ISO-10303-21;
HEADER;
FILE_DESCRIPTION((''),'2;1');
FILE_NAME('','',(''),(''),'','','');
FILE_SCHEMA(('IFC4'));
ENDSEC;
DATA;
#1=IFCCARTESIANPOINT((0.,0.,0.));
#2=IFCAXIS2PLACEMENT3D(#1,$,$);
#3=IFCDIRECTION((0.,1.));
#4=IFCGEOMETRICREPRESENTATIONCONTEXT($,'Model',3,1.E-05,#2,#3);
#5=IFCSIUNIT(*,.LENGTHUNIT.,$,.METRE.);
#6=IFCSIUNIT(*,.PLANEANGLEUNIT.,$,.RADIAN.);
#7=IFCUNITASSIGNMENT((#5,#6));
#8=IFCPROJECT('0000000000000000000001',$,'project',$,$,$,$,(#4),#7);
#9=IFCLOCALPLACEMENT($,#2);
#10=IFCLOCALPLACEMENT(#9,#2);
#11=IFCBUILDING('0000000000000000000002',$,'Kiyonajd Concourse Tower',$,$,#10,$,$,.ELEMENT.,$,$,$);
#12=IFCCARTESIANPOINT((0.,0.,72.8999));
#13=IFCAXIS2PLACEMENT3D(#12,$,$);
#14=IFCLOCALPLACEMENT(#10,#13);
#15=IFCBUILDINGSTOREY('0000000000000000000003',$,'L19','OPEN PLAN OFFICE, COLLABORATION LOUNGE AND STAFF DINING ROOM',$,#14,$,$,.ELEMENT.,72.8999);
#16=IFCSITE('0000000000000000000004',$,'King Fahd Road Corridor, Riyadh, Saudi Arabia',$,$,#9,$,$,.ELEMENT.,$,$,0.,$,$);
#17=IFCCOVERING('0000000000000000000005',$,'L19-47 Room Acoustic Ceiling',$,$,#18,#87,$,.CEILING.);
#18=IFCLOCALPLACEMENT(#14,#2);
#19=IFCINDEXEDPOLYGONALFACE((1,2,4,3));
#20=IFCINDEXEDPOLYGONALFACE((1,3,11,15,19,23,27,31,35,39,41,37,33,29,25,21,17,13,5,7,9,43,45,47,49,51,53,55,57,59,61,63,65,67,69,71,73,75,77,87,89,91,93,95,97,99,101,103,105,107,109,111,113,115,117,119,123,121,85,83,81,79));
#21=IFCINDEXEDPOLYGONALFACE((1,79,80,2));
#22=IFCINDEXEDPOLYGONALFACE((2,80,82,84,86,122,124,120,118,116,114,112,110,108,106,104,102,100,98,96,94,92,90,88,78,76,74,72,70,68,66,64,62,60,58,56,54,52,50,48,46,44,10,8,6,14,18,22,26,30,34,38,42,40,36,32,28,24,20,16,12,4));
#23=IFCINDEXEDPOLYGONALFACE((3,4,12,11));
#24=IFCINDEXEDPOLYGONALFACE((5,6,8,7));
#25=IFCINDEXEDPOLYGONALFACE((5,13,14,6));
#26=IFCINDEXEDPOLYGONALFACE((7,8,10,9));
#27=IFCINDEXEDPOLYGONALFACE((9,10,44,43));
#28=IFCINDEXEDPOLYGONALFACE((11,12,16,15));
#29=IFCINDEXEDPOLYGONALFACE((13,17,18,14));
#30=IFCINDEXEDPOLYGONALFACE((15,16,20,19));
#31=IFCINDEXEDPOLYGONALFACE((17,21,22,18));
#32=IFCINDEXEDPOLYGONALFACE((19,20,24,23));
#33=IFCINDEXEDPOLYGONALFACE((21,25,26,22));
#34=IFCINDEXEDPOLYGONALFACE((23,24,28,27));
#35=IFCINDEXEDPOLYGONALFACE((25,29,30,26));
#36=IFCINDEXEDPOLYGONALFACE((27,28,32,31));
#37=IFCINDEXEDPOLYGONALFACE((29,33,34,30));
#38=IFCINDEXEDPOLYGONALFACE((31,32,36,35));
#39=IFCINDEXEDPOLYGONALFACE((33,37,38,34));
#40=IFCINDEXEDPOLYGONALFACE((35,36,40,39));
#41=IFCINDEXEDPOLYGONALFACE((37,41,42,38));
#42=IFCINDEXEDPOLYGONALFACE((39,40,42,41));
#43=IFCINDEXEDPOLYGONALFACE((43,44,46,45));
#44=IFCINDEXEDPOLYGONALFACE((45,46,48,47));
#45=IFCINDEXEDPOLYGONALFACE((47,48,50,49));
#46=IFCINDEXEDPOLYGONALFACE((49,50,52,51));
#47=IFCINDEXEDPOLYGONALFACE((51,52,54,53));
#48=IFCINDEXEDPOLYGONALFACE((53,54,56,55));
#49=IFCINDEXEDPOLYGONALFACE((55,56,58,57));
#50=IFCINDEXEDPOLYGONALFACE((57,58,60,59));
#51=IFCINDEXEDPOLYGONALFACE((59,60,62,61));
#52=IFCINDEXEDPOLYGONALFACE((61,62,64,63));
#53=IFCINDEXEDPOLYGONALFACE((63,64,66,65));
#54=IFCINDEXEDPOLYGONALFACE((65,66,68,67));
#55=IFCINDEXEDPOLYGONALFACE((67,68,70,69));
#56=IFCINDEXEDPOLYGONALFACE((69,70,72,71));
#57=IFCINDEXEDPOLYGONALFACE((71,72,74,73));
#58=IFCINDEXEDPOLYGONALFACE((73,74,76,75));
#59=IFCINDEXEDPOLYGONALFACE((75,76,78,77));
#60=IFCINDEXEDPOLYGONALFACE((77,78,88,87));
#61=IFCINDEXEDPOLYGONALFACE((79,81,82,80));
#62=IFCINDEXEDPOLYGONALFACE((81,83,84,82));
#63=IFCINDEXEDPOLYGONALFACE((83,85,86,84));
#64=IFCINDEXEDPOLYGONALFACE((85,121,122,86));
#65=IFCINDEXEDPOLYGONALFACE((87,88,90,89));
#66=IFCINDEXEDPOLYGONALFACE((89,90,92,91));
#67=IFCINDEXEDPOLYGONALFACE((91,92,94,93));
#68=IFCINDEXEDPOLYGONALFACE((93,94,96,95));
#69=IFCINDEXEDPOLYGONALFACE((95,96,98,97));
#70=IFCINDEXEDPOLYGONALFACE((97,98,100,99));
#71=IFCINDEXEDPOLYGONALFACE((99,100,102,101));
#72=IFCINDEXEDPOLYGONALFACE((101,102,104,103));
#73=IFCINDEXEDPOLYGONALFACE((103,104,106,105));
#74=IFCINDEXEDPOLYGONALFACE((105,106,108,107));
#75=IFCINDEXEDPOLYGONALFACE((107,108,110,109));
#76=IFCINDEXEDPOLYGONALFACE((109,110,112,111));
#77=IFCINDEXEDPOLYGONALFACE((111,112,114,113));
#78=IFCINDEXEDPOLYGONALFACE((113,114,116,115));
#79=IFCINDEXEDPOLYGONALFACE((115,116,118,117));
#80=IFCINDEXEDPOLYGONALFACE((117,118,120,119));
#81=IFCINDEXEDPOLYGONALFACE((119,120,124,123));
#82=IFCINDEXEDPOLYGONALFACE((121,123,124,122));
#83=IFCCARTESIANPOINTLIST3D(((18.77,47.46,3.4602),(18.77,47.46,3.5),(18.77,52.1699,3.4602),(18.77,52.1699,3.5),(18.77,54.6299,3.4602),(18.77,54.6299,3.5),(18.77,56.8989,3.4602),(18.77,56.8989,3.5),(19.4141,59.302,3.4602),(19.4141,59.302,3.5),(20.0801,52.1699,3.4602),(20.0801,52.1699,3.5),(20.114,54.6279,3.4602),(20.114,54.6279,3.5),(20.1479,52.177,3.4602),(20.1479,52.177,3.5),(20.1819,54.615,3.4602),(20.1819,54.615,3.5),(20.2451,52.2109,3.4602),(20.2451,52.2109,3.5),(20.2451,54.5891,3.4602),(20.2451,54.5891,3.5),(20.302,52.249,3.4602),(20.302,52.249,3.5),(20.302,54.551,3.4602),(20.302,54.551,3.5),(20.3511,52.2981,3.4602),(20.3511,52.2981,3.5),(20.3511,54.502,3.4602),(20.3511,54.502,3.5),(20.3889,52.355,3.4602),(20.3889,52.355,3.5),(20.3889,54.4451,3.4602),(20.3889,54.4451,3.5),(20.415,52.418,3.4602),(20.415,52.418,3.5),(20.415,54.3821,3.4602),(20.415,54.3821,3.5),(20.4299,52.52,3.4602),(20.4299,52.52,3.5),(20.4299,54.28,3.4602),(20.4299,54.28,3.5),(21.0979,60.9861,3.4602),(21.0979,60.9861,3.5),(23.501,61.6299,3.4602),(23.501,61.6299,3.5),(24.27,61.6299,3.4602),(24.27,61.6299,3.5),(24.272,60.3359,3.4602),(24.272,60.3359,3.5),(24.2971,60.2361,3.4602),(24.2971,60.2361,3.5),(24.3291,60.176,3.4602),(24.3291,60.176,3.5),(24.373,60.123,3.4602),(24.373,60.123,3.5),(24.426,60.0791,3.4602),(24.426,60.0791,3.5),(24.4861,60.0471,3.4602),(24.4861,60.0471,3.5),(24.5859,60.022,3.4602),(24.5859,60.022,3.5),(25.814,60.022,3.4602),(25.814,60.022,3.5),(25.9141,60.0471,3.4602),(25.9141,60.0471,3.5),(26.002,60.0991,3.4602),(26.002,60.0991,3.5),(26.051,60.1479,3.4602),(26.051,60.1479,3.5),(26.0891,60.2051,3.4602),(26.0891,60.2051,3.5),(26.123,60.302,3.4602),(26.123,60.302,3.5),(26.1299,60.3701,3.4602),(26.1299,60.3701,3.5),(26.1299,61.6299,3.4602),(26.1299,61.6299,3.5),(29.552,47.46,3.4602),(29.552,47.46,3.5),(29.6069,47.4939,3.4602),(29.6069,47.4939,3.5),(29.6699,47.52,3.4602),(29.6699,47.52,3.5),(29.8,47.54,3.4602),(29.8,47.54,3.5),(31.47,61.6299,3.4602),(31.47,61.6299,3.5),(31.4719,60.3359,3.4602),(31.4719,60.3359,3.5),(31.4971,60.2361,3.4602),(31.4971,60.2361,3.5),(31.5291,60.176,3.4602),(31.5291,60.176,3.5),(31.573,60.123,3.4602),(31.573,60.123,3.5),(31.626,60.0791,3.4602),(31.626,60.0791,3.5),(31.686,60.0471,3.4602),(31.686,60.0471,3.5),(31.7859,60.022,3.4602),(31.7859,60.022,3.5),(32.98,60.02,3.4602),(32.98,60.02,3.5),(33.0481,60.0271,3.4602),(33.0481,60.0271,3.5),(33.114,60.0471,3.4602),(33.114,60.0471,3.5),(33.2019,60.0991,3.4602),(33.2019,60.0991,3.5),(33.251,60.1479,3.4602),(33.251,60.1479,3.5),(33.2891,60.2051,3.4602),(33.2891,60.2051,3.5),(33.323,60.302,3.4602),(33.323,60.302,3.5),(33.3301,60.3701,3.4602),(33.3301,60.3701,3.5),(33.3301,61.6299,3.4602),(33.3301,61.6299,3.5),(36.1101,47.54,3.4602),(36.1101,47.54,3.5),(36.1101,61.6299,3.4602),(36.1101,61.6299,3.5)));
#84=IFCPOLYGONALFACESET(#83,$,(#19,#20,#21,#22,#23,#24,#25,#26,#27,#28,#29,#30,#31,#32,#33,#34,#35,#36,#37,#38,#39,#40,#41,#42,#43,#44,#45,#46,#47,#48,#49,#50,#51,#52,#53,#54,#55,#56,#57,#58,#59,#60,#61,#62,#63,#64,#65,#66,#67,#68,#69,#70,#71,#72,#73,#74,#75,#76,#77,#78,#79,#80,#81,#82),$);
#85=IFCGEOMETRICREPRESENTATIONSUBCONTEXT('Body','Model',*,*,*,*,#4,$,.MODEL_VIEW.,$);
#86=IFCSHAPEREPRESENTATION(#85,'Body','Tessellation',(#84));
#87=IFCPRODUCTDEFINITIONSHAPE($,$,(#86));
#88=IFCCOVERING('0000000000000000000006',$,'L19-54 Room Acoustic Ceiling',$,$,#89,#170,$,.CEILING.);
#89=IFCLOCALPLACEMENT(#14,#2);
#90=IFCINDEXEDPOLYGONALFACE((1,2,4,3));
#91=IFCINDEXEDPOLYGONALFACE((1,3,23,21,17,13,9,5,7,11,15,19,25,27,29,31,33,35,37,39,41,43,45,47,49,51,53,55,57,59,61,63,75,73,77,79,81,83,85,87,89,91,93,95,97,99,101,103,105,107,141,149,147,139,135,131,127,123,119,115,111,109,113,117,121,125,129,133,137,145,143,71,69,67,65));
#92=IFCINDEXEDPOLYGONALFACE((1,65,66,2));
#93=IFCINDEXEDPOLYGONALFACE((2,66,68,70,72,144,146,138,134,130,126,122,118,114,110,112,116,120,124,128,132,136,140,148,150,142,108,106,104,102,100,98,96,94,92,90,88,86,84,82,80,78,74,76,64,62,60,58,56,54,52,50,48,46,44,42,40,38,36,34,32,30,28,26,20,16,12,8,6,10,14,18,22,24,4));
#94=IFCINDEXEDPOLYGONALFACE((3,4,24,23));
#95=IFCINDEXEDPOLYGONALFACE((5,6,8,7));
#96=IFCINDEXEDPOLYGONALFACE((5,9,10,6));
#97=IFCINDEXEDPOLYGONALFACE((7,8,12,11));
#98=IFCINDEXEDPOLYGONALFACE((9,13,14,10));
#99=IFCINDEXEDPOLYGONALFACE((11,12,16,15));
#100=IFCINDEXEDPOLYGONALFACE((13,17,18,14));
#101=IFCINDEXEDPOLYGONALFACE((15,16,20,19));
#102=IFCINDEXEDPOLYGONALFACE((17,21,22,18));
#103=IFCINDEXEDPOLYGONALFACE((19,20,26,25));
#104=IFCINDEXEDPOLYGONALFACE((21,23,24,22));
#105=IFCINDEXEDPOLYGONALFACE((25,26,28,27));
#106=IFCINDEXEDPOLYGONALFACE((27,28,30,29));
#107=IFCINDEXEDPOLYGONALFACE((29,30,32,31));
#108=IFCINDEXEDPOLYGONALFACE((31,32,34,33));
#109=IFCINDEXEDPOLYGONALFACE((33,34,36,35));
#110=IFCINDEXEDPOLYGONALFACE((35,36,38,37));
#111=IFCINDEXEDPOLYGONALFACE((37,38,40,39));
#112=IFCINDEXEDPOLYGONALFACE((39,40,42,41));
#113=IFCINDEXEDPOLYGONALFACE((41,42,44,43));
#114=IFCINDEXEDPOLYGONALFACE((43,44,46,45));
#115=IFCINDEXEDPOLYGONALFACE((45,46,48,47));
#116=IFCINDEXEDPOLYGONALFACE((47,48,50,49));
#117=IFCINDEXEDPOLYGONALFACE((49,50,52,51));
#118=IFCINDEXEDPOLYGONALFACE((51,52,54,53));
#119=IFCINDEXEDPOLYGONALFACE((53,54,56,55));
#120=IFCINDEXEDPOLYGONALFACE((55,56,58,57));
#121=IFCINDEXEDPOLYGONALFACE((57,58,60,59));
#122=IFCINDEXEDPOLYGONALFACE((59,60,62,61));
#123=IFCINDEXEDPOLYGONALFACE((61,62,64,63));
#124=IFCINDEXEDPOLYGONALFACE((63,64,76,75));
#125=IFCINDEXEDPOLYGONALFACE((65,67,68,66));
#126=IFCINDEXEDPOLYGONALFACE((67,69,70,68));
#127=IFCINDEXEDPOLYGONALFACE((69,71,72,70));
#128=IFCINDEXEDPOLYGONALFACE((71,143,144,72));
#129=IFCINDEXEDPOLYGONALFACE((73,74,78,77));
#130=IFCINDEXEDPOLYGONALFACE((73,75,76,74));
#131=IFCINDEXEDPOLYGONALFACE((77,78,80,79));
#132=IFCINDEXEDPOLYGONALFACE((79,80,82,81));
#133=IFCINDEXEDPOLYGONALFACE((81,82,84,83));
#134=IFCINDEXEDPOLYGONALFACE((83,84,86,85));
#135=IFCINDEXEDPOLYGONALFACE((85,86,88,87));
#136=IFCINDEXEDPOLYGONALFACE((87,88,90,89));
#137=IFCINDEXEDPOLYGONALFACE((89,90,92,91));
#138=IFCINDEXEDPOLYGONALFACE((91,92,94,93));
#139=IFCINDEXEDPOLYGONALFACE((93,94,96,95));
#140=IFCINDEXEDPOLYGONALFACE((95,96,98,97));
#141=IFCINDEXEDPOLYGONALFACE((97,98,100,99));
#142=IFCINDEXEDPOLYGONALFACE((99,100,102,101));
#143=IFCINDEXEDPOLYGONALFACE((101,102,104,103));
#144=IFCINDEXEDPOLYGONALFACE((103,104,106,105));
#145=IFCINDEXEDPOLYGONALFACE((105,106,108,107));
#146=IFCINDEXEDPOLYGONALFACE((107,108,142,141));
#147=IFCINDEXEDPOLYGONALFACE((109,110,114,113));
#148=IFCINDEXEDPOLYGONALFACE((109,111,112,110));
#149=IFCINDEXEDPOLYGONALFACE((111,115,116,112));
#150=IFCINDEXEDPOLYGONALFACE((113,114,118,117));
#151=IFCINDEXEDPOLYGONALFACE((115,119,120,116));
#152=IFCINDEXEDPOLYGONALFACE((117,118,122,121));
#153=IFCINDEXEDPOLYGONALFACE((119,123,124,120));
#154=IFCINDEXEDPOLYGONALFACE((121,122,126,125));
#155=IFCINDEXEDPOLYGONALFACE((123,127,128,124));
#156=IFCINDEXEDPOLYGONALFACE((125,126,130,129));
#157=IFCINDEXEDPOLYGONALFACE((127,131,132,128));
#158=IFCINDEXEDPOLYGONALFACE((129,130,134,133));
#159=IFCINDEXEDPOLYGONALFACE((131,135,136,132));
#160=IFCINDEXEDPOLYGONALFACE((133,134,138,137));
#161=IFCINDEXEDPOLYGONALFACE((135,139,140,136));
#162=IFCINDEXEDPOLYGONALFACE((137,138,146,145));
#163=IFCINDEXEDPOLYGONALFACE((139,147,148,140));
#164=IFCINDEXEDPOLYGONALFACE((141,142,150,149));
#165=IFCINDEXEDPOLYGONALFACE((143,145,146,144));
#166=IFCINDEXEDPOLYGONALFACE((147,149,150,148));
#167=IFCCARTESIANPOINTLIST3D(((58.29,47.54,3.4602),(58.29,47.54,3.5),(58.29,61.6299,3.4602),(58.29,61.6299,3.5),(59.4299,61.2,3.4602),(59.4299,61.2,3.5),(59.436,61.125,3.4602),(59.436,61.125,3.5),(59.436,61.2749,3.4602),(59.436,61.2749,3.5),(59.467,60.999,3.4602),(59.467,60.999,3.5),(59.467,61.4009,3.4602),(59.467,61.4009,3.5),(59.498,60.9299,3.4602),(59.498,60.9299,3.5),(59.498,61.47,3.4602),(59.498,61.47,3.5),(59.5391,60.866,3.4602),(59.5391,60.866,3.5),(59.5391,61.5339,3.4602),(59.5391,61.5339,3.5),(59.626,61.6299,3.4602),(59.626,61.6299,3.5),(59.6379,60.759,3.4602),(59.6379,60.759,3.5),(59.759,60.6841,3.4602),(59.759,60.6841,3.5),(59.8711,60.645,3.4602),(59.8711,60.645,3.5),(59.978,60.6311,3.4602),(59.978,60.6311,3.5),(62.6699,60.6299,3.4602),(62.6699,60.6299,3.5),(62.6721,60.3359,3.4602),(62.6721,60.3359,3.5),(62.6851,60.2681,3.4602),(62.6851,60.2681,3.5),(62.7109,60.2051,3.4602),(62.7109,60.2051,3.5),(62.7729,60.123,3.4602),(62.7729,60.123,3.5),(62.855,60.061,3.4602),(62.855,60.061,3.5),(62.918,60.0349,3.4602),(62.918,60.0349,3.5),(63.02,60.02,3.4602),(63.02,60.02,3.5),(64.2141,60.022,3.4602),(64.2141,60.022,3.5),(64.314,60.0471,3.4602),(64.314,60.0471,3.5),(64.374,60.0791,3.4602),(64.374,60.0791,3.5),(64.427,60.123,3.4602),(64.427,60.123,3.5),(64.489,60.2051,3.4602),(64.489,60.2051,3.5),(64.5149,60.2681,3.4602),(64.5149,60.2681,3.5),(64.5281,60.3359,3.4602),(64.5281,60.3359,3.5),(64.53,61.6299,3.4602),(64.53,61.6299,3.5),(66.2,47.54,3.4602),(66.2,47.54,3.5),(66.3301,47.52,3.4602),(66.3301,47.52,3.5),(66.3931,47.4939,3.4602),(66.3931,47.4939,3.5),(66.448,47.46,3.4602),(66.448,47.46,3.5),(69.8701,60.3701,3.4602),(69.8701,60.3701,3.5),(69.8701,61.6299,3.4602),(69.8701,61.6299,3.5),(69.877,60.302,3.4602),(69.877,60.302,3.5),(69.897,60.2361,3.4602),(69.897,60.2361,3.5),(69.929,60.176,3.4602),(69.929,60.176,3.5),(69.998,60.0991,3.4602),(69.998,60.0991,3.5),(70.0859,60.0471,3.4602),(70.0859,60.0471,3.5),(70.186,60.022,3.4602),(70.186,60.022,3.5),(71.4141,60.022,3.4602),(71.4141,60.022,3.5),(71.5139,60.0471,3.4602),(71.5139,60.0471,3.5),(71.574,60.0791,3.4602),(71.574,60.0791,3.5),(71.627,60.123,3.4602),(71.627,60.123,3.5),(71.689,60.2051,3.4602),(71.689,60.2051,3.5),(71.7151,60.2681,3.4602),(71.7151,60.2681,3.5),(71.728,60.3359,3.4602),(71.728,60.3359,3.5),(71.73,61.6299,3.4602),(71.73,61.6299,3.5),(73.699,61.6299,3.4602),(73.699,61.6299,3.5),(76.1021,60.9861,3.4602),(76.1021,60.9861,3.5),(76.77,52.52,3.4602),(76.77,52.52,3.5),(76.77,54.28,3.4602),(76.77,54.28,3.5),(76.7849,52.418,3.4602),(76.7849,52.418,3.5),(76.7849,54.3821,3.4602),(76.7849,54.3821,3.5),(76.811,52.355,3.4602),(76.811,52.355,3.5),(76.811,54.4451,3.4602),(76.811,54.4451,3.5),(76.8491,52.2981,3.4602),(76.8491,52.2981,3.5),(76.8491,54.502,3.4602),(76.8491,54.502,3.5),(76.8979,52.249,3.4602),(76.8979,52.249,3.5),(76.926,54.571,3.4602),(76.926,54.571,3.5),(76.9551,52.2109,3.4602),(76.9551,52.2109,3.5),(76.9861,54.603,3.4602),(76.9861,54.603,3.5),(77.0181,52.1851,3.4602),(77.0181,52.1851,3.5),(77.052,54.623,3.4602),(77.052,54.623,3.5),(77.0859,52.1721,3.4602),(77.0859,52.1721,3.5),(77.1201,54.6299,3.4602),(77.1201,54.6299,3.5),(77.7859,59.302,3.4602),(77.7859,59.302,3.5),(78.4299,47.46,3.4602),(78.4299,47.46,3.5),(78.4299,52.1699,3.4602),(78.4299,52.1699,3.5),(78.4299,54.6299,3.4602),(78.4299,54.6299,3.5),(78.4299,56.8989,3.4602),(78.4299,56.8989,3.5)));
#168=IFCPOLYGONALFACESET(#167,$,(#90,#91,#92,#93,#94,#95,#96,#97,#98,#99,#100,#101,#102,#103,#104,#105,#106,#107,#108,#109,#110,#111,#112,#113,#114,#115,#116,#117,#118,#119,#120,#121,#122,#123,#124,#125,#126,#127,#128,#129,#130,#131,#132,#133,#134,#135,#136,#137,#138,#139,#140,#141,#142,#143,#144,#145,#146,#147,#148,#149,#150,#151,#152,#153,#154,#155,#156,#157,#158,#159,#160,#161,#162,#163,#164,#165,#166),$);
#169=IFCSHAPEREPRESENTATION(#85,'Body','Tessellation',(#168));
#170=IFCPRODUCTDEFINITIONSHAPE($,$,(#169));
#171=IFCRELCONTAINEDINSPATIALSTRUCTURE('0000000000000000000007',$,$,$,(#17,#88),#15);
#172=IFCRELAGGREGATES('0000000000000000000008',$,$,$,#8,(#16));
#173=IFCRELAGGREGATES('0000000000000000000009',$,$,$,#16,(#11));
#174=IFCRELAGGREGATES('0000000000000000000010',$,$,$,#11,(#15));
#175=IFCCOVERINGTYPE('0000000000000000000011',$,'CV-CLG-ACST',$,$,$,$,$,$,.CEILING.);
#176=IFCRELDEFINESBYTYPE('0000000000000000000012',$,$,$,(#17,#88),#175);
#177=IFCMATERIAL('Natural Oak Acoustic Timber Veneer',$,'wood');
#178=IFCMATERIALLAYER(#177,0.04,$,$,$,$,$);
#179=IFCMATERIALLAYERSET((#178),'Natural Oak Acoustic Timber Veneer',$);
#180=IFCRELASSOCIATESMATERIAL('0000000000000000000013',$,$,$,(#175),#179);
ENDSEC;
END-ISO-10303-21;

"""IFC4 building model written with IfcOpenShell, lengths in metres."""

from ifc_helpers import new_model, si_unit, direction, frame, origin, place, context, subcontext, project, spatial, polyline, outline, extrude, material, layer, layer_set, type_object, element, save


model = new_model("IFC4")

# Units and contexts
model_context = context("Model", 3, precision=1e-05, world=origin(), true_north=direction((0.0, 1.0)))
body_context = subcontext(model_context, "Body", "Model", "MODEL_VIEW")
ifc_project = project(units=[si_unit("LENGTHUNIT", "METRE"), si_unit("PLANEANGLEUNIT", "RADIAN")], contexts=[model_context])

# Site, building, storey
site_placement = place(None, origin())
site = spatial("IfcSite", under=ifc_project, at=site_placement, Name="King Fahd Road Corridor, Riyadh, Saudi Arabia", CompositionType="ELEMENT", RefElevation=0.0)
building_placement = place(site_placement, origin())
building = spatial("IfcBuilding", under=site, at=building_placement, Name="Kiyonajd Concourse Tower", CompositionType="ELEMENT")
storey_placement = place(building_placement, frame((0.0, 0.0, 72.8999)))
storey = spatial("IfcBuildingStorey", under=building, at=storey_placement, Name="L19", Description="OPEN PLAN OFFICE, COLLABORATION LOUNGE AND STAFF DINING ROOM", CompositionType="ELEMENT", Elevation=72.8999)

# Coverings
ifc_material_1 = material(Name="Natural Oak Acoustic Timber Veneer", Category="wood")
ifc_layer_1 = layer(ifc_material_1, 0.04)
ifc_layer_set_1 = layer_set([ifc_layer_1], Name="Natural Oak Acoustic Timber Veneer")
covering_type = type_object("IfcCoveringType", Name="CV-CLG-ACST", PredefinedType="CEILING", material=ifc_layer_set_1)
covering_1_placement = place(storey_placement, frame((0.0, 0.0, 3.4602)))
element("IfcCovering", 1, at=covering_1_placement, inside=storey, type_object=covering_type, Name="L19-47 Room Acoustic Ceiling", PredefinedType="CEILING", context=body_context, shape_type="SweptSolid", body=[
    extrude(outline(polyline([(21.0979, 60.9861), (23.501, 61.6299), (24.27, 61.6299), (24.272, 60.3359), (24.2971, 60.2361), (24.3291, 60.176), (24.373, 60.123), (24.426, 60.0791), (24.4861, 60.0471), (24.5859, 60.022), (25.814, 60.022), (25.9141, 60.0471), (26.002, 60.0991), (26.051, 60.1479), (26.0891, 60.2051), (26.123, 60.302), (26.1299, 60.3701), (26.1299, 61.6299), (31.47, 61.6299), (31.4719, 60.3359), (31.4971, 60.2361), (31.5291, 60.176), (31.573, 60.123), (31.626, 60.0791), (31.686, 60.0471), (31.7859, 60.022), (32.98, 60.02), (33.0481, 60.0271), (33.114, 60.0471), (33.2019, 60.0991), (33.251, 60.1479), (33.2891, 60.2051), (33.323, 60.302), (33.3301, 60.3701), (33.3301, 61.6299), (36.1101, 61.6299), (36.1101, 47.54), (29.8, 47.54), (29.6699, 47.52), (29.6069, 47.4939), (29.552, 47.46), (18.77, 47.46), (18.77, 52.1699), (20.0801, 52.1699), (20.1479, 52.177), (20.2451, 52.2109), (20.302, 52.249), (20.3511, 52.2981), (20.3889, 52.355), (20.415, 52.418), (20.4299, 52.52), (20.4299, 54.28), (20.415, 54.3821), (20.3889, 54.4451), (20.3511, 54.502), (20.302, 54.551), (20.2451, 54.5891), (20.1819, 54.615), (20.114, 54.6279), (18.77, 54.6299), (18.77, 56.8989), (19.4141, 59.302), (21.0979, 60.9861)])), origin(), (0.0, 0.0, 1.0), 0.0398),
])
covering_2_placement = place(storey_placement, frame((0.0, 0.0, 3.4602)))
element("IfcCovering", 2, at=covering_2_placement, inside=storey, type_object=covering_type, Name="L19-54 Room Acoustic Ceiling", PredefinedType="CEILING", context=body_context, shape_type="SweptSolid", body=[
    extrude(outline(polyline([(59.626, 61.6299), (59.5391, 61.5339), (59.498, 61.47), (59.467, 61.4009), (59.436, 61.2749), (59.4299, 61.2), (59.436, 61.125), (59.467, 60.999), (59.498, 60.9299), (59.5391, 60.866), (59.6379, 60.759), (59.759, 60.6841), (59.8711, 60.645), (59.978, 60.6311), (62.6699, 60.6299), (62.6721, 60.3359), (62.6851, 60.2681), (62.7109, 60.2051), (62.7729, 60.123), (62.855, 60.061), (62.918, 60.0349), (63.02, 60.02), (64.2141, 60.022), (64.314, 60.0471), (64.374, 60.0791), (64.427, 60.123), (64.489, 60.2051), (64.5149, 60.2681), (64.5281, 60.3359), (64.53, 61.6299), (69.8701, 61.6299), (69.8701, 60.3701), (69.877, 60.302), (69.897, 60.2361), (69.929, 60.176), (69.998, 60.0991), (70.0859, 60.0471), (70.186, 60.022), (71.4141, 60.022), (71.5139, 60.0471), (71.574, 60.0791), (71.627, 60.123), (71.689, 60.2051), (71.7151, 60.2681), (71.728, 60.3359), (71.73, 61.6299), (73.699, 61.6299), (76.1021, 60.9861), (77.7859, 59.302), (78.4299, 56.8989), (78.4299, 54.6299), (77.1201, 54.6299), (77.052, 54.623), (76.9861, 54.603), (76.926, 54.571), (76.8491, 54.502), (76.811, 54.4451), (76.7849, 54.3821), (76.77, 54.28), (76.77, 52.52), (76.7849, 52.418), (76.811, 52.355), (76.8491, 52.2981), (76.8979, 52.249), (76.9551, 52.2109), (77.0181, 52.1851), (77.0859, 52.1721), (78.4299, 52.1699), (78.4299, 47.46), (66.448, 47.46), (66.3931, 47.4939), (66.3301, 47.52), (66.2, 47.54), (58.29, 47.54), (58.29, 61.6299), (59.626, 61.6299)])), origin(), (0.0, 0.0, 1.0), 0.0398),
])

save(model, "model.ifc")
